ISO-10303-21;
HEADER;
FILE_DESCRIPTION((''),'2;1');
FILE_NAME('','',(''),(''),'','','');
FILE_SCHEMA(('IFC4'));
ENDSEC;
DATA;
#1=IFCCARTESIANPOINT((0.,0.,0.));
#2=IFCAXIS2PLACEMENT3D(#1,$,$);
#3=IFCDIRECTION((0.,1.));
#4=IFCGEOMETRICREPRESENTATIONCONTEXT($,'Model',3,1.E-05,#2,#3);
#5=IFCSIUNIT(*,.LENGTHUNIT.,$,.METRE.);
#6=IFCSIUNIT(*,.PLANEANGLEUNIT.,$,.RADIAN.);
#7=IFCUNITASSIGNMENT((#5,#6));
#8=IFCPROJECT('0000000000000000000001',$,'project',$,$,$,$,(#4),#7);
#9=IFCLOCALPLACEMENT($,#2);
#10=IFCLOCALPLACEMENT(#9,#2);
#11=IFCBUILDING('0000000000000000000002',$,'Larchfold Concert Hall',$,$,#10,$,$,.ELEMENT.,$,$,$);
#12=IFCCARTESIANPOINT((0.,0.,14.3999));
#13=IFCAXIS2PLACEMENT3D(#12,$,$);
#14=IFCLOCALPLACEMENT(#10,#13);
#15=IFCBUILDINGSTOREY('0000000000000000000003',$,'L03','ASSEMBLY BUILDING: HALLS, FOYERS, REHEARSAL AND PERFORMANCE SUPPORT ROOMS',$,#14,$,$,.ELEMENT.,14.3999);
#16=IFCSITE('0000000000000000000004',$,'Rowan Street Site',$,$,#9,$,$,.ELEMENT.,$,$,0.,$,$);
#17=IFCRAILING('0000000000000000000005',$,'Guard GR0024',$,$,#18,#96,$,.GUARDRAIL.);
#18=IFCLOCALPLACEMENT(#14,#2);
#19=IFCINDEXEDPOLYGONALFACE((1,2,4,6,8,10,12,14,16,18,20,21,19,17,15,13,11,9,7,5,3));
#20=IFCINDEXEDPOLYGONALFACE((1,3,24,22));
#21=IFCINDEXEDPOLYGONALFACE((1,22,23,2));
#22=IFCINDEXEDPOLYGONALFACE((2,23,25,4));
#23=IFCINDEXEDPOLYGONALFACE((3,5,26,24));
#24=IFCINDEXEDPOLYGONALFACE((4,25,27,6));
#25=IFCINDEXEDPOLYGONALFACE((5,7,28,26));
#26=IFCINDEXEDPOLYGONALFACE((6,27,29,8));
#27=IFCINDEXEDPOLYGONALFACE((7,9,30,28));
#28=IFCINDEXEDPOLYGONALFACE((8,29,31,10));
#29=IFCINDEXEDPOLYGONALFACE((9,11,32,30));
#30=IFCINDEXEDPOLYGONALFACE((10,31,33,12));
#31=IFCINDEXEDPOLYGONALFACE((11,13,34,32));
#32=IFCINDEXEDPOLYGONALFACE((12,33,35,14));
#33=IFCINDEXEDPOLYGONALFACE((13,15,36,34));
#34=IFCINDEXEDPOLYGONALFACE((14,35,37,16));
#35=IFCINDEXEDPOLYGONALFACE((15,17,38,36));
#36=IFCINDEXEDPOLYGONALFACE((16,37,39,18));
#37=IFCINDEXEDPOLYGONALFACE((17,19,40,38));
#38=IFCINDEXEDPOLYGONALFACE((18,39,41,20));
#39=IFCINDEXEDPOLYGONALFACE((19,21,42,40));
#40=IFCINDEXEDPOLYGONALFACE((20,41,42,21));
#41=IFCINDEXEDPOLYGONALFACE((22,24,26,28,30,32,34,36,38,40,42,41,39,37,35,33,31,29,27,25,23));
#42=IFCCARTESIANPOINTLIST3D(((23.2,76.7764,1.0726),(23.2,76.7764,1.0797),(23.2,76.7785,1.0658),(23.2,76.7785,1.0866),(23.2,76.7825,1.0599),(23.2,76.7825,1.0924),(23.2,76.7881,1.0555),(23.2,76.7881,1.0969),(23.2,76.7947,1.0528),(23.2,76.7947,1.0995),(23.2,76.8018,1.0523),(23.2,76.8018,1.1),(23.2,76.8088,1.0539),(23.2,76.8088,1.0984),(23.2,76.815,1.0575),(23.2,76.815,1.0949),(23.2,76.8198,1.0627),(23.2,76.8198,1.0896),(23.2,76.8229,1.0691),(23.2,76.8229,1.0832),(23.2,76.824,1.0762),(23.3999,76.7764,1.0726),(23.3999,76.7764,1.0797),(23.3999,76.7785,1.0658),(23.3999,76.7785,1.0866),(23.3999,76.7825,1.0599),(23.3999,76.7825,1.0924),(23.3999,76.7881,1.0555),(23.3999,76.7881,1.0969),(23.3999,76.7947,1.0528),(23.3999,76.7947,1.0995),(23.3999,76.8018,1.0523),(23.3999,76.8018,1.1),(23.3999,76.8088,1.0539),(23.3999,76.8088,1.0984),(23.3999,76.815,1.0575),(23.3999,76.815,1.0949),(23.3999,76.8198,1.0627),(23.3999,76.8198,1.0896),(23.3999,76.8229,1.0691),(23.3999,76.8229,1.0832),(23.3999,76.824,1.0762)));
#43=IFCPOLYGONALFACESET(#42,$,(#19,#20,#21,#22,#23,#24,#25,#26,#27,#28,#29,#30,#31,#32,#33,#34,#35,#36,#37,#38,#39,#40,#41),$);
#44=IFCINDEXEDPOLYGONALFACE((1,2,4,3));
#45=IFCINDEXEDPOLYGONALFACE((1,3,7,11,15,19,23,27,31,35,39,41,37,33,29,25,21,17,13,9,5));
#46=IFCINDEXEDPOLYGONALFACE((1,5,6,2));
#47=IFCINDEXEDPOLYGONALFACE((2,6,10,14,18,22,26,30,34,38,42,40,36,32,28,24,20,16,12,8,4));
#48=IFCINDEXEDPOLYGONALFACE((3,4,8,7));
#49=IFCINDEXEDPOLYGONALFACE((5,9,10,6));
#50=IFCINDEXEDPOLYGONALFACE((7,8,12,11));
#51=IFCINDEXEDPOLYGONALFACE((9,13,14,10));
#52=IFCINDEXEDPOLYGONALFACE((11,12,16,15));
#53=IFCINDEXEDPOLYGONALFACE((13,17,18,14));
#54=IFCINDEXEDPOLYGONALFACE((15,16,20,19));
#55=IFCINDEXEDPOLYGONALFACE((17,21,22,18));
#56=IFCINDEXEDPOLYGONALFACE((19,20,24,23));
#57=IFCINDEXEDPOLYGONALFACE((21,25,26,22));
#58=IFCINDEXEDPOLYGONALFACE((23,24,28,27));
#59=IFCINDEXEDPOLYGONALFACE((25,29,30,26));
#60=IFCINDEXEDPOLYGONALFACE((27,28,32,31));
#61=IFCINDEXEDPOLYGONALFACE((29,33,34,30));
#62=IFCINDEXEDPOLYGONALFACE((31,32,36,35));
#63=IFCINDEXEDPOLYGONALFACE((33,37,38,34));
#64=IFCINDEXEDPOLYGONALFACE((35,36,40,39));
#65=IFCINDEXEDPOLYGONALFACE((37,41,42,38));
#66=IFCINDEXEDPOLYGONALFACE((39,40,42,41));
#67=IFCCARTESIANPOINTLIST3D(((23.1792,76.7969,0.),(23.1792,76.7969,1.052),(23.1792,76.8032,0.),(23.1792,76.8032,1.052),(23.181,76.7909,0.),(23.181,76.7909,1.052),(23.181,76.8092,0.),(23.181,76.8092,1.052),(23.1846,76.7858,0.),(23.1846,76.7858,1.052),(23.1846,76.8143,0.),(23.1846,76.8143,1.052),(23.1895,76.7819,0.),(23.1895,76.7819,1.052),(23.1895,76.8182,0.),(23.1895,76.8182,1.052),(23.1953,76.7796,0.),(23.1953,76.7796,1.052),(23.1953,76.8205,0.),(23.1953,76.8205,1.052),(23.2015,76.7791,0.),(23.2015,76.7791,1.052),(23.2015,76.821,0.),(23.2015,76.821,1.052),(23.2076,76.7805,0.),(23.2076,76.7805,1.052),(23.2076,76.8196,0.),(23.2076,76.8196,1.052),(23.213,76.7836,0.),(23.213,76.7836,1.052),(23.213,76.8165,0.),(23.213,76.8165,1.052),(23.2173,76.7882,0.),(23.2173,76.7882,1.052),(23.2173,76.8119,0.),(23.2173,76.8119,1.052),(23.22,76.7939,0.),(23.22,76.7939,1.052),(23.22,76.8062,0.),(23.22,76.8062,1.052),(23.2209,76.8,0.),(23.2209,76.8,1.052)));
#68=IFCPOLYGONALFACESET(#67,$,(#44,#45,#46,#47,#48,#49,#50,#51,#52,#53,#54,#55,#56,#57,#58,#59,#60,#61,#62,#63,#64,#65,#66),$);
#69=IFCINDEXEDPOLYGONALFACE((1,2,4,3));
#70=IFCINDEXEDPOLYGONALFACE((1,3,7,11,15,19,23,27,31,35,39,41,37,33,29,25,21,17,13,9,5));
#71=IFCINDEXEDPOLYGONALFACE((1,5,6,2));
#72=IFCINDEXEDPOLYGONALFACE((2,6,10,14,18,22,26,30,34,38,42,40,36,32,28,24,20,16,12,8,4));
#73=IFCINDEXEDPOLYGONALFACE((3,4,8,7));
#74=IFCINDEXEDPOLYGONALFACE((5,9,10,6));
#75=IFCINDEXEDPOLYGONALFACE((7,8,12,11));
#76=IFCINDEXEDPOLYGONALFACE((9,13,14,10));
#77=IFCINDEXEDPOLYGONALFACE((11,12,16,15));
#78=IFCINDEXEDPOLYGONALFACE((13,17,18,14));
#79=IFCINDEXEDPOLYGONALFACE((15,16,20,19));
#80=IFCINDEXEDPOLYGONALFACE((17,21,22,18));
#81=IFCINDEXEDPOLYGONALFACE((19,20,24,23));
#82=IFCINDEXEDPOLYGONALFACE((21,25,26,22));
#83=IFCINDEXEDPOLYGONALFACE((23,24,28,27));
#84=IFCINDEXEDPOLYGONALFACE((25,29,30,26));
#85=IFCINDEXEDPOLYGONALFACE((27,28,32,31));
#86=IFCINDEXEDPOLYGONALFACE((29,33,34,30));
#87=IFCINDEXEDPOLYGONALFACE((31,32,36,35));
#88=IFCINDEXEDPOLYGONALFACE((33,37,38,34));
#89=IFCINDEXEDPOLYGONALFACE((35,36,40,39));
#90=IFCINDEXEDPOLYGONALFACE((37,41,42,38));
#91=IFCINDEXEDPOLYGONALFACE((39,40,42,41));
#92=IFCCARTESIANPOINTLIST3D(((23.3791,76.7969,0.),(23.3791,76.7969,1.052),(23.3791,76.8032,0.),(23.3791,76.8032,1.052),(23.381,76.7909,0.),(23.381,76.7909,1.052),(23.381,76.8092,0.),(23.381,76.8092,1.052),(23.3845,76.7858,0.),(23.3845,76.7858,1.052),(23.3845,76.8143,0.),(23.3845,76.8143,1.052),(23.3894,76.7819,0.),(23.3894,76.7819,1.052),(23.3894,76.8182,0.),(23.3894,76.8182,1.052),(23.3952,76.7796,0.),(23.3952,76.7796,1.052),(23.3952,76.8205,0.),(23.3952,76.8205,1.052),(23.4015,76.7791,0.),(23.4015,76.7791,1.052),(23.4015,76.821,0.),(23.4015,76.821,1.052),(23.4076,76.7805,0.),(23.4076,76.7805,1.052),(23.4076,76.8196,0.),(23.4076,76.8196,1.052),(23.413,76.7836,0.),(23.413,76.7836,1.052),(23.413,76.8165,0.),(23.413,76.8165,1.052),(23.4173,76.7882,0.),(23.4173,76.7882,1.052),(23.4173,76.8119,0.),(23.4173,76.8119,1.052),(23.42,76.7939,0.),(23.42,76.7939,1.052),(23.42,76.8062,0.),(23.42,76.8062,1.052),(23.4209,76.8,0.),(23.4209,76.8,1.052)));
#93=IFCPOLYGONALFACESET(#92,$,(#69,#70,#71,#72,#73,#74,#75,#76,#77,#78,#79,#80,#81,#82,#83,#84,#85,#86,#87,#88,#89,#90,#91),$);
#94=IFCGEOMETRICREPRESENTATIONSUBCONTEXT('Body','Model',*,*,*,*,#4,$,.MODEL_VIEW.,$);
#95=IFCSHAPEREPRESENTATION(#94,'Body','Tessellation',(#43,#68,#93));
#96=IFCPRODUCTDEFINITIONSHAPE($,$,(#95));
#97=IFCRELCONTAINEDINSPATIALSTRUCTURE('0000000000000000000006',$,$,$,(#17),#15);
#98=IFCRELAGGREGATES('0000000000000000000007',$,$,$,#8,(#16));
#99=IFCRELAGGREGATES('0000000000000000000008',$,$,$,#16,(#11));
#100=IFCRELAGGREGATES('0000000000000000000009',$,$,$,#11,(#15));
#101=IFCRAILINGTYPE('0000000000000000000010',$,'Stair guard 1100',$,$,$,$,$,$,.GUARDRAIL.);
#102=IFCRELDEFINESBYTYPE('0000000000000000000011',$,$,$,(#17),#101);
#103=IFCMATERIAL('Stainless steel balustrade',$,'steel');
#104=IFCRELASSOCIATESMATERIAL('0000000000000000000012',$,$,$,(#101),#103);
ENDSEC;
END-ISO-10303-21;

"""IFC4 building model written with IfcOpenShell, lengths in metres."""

from ifc_helpers import new_model, si_unit, direction, frame, origin, origin_2d, place, context, subcontext, project, spatial, circle, extrude, material, type_object, element, save


model = new_model("IFC4")

# Units and contexts
model_context = context("Model", 3, precision=1e-05, world=origin(), true_north=direction((0.0, 1.0)))
body_context = subcontext(model_context, "Body", "Model", "MODEL_VIEW")
ifc_project = project(units=[si_unit("LENGTHUNIT", "METRE"), si_unit("PLANEANGLEUNIT", "RADIAN")], contexts=[model_context])

# Site, building, storey
site_placement = place(None, origin())
site = spatial("IfcSite", under=ifc_project, at=site_placement, Name="Rowan Street Site", CompositionType="ELEMENT", RefElevation=0.0)
building_placement = place(site_placement, origin())
building = spatial("IfcBuilding", under=site, at=building_placement, Name="Larchfold Concert Hall", CompositionType="ELEMENT")
storey_placement = place(building_placement, frame((0.0, 0.0, 14.3999)))
storey = spatial("IfcBuildingStorey", under=building, at=storey_placement, Name="L03", Description="ASSEMBLY BUILDING: HALLS, FOYERS, REHEARSAL AND PERFORMANCE SUPPORT ROOMS", CompositionType="ELEMENT", Elevation=14.3999)

# Railing
ifc_material_1 = material(Name="Stainless steel balustrade", Category="steel")
railing_type_1 = type_object("IfcRailingType", Name="Stair guard 1100", PredefinedType="GUARDRAIL", material=ifc_material_1)
railing_1_placement = place(storey_placement, frame((23.2, 76.8, 0.0)))
element("IfcRailing", 1, at=railing_1_placement, inside=storey, type_object=railing_type_1, Name="Guard GR0024", PredefinedType="GUARDRAIL", context=body_context, shape_type="SweptSolid", body=[
    extrude(circle(Radius=0.0239, at=origin_2d()), frame((0.0, 0.0, 1.0762), z_axis=(1.0, 0.0, 0.0), x_axis=(0.0, 1.0, 0.0)), (0.0, 0.0, 1.0), 0.2),
    extrude(circle(Radius=0.021, at=origin_2d()), origin(), (0.0, 0.0, 1.0), 1.052),
    extrude(circle(Radius=0.021, at=origin_2d()), frame((0.2, 0.0, 0.0)), (0.0, 0.0, 1.0), 1.052),
])

save(model, "model.ifc")
